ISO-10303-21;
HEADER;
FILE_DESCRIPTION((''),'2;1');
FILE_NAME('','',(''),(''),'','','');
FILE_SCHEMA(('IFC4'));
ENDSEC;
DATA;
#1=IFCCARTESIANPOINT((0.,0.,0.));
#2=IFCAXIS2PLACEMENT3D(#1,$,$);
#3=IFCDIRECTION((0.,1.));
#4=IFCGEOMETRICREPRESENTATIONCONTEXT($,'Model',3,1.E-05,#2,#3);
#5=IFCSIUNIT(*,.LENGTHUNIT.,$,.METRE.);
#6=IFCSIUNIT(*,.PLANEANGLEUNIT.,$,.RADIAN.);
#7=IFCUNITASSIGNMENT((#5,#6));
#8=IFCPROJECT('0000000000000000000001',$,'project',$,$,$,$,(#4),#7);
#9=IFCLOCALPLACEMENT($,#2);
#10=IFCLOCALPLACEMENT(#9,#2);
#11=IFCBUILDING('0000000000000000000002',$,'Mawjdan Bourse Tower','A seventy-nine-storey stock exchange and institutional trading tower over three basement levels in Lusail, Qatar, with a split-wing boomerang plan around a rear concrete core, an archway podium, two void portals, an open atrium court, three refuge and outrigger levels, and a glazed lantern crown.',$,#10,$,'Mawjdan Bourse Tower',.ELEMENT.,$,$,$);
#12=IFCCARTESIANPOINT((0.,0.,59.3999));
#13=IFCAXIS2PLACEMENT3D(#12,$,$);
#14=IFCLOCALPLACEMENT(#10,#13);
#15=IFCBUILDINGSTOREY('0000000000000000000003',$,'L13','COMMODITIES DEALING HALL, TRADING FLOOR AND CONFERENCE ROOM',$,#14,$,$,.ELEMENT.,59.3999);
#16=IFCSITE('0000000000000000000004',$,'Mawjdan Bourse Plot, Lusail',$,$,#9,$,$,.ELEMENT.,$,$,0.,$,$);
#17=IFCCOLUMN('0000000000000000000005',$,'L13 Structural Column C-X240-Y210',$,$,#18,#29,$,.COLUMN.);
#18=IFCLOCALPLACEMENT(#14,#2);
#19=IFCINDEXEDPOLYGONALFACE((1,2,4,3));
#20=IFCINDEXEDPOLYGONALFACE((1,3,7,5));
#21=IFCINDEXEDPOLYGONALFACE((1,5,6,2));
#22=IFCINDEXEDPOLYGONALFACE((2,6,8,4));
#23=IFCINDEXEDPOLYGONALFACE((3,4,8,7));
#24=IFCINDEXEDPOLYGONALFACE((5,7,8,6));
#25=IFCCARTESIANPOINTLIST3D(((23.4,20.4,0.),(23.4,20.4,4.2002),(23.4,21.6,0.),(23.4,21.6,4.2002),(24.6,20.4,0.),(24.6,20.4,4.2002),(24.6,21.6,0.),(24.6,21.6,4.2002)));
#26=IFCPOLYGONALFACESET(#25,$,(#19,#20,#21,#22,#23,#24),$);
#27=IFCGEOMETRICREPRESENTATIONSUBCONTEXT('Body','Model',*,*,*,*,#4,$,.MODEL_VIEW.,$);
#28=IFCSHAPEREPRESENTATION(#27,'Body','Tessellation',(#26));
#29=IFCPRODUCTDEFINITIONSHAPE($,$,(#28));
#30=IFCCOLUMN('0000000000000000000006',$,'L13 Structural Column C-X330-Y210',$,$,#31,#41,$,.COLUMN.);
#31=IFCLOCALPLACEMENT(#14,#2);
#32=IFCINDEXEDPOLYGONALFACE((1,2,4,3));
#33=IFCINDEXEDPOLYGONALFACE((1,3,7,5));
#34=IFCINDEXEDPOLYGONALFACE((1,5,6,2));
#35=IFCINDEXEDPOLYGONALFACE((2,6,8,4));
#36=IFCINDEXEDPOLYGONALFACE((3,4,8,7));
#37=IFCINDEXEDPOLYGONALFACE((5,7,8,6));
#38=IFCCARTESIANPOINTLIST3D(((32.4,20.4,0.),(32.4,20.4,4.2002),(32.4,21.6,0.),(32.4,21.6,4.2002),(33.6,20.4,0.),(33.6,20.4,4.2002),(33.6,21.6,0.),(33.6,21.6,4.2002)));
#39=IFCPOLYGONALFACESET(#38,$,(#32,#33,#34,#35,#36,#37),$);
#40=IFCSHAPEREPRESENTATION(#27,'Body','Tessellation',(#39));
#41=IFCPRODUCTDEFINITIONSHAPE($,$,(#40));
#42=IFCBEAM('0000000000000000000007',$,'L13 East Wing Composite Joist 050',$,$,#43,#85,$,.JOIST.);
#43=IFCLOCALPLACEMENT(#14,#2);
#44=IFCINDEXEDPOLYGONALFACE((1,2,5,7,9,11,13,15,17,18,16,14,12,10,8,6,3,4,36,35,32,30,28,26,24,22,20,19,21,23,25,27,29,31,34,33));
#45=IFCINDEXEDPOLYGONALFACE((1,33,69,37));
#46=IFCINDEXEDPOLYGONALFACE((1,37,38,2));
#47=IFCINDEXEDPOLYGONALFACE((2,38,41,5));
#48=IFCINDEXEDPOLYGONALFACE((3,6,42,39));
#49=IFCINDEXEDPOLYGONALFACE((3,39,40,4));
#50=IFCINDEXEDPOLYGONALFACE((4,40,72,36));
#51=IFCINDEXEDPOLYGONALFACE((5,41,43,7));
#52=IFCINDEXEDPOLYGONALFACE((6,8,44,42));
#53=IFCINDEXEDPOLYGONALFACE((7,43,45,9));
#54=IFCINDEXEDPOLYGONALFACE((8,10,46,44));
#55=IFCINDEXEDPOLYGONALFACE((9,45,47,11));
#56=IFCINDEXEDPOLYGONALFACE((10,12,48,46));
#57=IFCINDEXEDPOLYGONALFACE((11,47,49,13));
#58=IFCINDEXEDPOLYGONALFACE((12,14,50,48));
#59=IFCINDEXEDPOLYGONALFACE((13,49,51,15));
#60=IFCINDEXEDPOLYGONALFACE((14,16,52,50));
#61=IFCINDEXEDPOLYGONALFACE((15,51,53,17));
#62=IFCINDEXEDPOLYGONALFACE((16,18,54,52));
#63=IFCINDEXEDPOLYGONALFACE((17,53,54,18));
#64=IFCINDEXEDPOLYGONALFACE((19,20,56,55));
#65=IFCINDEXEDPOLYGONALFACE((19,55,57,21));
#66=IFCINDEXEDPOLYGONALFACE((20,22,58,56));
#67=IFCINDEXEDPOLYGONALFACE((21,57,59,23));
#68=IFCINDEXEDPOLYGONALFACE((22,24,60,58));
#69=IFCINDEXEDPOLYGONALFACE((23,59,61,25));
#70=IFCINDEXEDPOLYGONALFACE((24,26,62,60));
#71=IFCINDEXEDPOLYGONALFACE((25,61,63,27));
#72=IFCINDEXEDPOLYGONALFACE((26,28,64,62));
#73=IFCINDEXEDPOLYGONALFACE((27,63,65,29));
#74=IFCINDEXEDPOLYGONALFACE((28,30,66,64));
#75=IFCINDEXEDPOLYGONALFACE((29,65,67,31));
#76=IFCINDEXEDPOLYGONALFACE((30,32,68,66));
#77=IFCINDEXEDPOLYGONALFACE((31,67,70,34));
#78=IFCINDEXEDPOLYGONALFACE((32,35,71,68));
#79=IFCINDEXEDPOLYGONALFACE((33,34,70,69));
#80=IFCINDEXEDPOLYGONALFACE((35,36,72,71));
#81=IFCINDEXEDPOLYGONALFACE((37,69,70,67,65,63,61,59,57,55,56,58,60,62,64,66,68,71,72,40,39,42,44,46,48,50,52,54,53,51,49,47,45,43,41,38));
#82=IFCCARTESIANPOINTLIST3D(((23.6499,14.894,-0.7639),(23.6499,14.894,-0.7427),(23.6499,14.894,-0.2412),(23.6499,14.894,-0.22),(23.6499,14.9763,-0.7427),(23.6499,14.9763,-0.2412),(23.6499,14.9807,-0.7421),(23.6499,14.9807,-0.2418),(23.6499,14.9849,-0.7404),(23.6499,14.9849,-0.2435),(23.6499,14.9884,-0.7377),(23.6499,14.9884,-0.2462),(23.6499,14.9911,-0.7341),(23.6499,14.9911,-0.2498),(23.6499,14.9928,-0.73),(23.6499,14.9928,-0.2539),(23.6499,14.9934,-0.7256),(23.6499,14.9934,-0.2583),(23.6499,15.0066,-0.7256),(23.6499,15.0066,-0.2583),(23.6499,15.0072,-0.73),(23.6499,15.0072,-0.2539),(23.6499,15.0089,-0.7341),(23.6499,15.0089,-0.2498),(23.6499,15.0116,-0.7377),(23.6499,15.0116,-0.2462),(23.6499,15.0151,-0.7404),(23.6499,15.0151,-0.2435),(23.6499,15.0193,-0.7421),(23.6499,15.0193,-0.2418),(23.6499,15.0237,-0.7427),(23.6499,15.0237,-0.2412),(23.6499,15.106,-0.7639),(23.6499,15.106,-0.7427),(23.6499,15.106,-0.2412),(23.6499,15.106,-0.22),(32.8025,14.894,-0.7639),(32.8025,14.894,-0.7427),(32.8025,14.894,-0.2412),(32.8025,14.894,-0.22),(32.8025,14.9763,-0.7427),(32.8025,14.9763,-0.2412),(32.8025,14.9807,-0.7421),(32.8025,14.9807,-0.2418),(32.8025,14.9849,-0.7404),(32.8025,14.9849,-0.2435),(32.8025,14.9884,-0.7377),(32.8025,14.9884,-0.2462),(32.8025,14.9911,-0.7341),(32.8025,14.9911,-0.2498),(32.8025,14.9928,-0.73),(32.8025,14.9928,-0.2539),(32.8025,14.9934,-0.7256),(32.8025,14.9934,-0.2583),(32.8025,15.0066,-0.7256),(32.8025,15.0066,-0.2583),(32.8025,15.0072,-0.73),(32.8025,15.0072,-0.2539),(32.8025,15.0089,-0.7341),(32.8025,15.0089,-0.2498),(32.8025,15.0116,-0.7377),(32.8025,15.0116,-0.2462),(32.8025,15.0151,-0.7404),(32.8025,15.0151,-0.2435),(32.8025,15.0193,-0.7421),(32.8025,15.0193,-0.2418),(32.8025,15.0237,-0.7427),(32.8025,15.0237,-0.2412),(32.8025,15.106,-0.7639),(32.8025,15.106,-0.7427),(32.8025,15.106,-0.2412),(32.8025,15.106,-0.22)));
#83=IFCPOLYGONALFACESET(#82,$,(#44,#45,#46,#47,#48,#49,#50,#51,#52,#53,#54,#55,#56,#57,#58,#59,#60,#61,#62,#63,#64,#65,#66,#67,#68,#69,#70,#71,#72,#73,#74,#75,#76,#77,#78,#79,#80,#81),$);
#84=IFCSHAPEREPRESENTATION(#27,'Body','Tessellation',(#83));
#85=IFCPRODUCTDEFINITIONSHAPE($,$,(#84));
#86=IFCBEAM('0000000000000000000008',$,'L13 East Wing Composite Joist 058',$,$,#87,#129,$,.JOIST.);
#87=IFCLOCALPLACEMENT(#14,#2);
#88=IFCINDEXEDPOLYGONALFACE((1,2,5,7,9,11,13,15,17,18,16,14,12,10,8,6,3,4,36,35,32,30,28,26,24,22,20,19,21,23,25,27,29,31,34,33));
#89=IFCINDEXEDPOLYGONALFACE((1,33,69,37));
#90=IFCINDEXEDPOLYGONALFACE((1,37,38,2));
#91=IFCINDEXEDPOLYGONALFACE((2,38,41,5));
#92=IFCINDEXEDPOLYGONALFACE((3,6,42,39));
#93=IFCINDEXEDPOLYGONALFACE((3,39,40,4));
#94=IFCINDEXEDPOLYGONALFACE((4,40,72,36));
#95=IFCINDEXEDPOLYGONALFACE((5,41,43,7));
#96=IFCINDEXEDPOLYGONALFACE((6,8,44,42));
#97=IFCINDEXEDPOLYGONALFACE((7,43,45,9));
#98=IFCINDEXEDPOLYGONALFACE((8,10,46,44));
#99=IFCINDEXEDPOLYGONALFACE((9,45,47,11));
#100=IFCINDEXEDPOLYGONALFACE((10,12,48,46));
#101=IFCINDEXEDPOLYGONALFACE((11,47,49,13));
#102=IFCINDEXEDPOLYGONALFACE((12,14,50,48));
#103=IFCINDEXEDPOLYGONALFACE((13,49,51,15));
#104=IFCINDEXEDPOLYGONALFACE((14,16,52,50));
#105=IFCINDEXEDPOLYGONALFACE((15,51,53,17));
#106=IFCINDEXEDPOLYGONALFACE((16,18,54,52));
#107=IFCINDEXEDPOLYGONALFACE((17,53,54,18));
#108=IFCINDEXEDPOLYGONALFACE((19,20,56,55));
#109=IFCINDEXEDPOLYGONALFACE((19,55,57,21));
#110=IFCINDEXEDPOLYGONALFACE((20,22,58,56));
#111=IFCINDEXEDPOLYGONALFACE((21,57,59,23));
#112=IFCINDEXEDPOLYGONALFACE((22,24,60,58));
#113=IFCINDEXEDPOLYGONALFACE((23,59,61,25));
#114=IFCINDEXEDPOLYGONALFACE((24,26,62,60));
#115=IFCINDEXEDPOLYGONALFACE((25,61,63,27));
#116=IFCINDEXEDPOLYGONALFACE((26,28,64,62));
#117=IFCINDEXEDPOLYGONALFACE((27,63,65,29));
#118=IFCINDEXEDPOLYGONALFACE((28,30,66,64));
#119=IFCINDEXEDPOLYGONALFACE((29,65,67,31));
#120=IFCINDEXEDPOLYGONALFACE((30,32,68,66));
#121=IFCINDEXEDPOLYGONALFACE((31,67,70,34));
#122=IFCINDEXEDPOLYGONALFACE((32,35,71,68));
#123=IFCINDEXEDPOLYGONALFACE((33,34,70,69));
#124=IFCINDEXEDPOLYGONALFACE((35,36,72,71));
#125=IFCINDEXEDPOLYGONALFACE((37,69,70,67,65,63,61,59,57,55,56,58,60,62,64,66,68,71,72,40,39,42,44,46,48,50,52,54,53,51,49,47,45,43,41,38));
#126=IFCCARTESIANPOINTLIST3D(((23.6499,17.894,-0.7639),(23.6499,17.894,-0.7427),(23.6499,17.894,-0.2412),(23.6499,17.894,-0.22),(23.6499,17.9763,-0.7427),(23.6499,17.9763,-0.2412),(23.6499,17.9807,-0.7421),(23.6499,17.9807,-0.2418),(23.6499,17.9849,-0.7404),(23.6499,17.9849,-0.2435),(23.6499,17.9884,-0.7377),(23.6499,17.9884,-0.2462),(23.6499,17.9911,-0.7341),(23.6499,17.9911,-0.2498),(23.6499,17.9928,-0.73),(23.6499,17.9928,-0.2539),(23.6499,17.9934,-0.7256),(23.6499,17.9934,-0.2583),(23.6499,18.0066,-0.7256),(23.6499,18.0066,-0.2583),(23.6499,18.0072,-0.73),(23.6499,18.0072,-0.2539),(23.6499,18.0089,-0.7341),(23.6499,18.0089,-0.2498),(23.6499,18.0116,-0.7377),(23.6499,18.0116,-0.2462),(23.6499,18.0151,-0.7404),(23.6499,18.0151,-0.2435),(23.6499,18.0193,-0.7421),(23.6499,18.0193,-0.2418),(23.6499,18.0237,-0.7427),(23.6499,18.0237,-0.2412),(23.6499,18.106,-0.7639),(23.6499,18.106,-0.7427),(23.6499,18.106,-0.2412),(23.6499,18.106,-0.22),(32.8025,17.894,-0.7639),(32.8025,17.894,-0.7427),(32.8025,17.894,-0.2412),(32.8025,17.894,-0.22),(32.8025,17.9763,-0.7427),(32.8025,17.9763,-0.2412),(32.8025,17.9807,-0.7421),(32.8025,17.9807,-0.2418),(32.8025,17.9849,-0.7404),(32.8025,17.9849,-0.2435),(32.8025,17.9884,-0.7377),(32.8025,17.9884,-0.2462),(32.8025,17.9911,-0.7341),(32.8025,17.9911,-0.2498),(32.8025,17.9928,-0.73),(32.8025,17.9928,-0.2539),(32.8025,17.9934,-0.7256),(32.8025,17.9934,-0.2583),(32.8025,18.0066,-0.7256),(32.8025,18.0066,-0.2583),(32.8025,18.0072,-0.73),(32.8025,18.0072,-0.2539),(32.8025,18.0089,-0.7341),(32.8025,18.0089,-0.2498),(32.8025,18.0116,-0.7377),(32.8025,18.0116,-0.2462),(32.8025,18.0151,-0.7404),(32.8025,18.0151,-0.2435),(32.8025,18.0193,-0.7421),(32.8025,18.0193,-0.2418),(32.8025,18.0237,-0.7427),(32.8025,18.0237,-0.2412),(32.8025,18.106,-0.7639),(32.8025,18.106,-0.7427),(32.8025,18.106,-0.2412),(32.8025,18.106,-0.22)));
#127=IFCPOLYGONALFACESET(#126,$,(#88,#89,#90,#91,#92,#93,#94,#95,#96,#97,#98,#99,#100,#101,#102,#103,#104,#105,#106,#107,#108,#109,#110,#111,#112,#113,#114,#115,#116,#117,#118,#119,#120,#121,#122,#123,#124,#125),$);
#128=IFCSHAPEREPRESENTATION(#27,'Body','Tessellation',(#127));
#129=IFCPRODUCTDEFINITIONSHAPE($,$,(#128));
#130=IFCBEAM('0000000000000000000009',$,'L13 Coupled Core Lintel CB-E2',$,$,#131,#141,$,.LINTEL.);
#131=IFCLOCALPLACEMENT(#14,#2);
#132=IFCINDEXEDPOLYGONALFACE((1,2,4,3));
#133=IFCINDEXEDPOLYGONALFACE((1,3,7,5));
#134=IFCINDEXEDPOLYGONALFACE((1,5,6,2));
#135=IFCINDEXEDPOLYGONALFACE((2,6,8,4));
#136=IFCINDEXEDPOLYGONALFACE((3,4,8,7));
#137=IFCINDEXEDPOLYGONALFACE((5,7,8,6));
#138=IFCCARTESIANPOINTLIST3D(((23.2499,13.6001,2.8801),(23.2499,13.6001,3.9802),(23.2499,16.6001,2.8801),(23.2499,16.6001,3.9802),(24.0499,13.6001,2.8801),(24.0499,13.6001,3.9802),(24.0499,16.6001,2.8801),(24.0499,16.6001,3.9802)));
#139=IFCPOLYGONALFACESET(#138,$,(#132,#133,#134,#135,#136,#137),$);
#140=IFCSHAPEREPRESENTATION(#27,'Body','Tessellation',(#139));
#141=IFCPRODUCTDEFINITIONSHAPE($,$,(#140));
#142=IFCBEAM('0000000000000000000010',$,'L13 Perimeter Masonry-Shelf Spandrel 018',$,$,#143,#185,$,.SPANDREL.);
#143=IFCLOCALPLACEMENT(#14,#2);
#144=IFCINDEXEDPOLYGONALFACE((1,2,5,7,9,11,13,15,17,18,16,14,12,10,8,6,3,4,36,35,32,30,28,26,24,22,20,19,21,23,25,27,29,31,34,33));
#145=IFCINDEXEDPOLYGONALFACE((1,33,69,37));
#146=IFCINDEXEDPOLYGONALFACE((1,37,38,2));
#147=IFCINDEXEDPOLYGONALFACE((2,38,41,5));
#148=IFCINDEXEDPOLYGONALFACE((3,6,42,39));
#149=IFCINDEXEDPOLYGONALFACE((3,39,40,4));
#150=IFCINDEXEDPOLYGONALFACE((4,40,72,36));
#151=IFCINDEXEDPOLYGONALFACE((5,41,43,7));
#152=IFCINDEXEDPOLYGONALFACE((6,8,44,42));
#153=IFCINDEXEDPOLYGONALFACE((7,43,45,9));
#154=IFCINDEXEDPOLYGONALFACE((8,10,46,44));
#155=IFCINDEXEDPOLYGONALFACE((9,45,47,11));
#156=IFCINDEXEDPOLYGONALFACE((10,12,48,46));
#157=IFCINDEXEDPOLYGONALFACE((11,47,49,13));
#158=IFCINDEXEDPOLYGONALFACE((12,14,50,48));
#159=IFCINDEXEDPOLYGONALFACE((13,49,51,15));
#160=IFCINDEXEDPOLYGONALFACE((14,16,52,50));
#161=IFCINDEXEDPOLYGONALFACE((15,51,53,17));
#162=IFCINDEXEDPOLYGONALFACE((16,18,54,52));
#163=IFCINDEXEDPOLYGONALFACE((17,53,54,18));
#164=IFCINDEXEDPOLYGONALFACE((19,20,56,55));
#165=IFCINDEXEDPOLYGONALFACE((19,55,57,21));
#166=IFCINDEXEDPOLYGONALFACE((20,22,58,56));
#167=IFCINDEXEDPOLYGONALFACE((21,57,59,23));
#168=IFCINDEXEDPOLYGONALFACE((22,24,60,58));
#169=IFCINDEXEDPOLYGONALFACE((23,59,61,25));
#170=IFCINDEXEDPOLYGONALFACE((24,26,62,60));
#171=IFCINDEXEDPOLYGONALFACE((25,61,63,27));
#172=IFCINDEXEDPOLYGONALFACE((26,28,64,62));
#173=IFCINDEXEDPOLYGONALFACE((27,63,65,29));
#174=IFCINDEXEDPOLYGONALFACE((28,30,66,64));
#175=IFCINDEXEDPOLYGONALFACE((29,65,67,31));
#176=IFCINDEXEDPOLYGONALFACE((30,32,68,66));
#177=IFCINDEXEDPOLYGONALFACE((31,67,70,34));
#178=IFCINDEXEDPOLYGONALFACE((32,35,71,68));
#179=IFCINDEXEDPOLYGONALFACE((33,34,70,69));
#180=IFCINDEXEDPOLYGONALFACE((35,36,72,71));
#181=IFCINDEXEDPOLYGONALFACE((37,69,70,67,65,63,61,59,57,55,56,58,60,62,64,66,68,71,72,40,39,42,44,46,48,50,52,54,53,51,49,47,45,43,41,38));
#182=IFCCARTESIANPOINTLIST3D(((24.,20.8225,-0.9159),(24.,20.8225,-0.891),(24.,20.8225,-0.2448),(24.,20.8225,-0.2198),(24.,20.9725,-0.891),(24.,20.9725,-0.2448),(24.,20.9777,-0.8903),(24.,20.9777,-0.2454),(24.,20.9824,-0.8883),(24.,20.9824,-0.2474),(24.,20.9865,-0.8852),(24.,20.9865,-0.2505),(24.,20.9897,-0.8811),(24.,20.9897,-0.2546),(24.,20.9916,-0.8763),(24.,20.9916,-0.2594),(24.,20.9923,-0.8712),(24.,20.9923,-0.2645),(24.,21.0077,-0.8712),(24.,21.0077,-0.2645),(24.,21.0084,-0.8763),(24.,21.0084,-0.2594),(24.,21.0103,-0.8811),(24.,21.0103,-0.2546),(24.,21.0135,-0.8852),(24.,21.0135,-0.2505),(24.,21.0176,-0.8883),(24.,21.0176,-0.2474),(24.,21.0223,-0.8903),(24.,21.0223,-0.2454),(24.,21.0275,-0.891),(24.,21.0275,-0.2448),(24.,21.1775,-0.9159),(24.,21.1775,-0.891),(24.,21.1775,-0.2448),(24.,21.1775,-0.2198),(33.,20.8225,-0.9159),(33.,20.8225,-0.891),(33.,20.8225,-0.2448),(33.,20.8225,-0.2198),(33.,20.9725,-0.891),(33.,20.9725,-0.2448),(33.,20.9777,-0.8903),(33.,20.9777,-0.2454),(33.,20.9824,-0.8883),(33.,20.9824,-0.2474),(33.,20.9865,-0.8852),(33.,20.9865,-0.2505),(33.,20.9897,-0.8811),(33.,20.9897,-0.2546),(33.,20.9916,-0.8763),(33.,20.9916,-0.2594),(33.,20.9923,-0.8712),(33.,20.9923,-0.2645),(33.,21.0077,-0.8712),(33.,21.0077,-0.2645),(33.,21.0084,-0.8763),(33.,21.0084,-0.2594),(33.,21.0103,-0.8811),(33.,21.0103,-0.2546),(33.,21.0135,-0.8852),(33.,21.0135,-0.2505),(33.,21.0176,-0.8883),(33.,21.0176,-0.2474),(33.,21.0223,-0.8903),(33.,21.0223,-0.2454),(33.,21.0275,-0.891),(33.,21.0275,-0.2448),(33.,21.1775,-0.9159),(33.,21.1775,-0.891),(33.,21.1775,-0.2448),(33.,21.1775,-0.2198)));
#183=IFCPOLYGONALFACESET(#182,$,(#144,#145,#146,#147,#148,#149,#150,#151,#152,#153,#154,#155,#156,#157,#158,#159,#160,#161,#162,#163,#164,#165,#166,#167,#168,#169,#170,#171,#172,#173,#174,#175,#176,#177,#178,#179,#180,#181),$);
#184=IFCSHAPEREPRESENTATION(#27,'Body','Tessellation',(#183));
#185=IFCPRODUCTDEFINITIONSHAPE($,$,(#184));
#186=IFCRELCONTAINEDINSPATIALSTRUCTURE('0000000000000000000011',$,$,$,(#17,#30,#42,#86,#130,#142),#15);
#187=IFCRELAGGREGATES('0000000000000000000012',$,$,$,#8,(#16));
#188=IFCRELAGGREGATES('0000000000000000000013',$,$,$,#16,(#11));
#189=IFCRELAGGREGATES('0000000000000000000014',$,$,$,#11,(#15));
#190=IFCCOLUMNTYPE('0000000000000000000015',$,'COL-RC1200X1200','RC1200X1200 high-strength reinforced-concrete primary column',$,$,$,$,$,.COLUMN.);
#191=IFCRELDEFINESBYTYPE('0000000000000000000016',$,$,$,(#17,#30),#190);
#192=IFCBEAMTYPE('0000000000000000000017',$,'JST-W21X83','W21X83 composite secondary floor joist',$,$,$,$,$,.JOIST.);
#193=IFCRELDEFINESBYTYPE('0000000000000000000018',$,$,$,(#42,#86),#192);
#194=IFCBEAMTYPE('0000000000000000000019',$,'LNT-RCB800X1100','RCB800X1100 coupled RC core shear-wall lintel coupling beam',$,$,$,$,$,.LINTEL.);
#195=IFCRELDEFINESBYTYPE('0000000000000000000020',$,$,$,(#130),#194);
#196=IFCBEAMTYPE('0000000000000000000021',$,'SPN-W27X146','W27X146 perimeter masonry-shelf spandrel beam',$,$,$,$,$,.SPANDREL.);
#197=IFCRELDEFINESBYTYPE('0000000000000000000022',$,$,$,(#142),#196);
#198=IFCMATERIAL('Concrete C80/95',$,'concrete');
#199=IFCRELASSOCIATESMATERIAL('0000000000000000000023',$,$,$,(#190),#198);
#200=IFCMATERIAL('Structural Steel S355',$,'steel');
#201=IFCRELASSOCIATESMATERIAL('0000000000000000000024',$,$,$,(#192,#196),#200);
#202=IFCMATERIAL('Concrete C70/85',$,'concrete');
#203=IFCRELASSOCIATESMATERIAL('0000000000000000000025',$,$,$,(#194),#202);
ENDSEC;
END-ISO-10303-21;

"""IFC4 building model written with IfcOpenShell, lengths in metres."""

from ifc_helpers import new_model, si_unit, direction, frame, origin, origin_2d, place, context, subcontext, project, spatial, rectangle, i_section, extrude, material, material_profile, profile_set, type_object, element, save


model = new_model("IFC4")

# Units and contexts
model_context = context("Model", 3, precision=1e-05, world=origin(), true_north=direction((0.0, 1.0)))
body_context = subcontext(model_context, "Body", "Model", "MODEL_VIEW")
ifc_project = project(units=[si_unit("LENGTHUNIT", "METRE"), si_unit("PLANEANGLEUNIT", "RADIAN")], contexts=[model_context])

# Site, building, storey
site_placement = place(None, origin())
site = spatial("IfcSite", under=ifc_project, at=site_placement, Name="Mawjdan Bourse Plot, Lusail", CompositionType="ELEMENT", RefElevation=0.0)
building_placement = place(site_placement, origin())
building = spatial("IfcBuilding", under=site, at=building_placement, Name="Mawjdan Bourse Tower", Description="A seventy-nine-storey stock exchange and institutional trading tower over three basement levels in Lusail, Qatar, with a split-wing boomerang plan around a rear concrete core, an archway podium, two void portals, an open atrium court, three refuge and outrigger levels, and a glazed lantern crown.", LongName="Mawjdan Bourse Tower", CompositionType="ELEMENT")
storey_placement = place(building_placement, frame((0.0, 0.0, 59.3999)))
storey = spatial("IfcBuildingStorey", under=building, at=storey_placement, Name="L13", Description="COMMODITIES DEALING HALL, TRADING FLOOR AND CONFERENCE ROOM", CompositionType="ELEMENT", Elevation=59.3999)

# Columns
ifc_material_1 = material(Name="Concrete C80/95", Category="concrete")
ifc_material_profile_1 = material_profile(ifc_material_1, rectangle(XDim=1.2, YDim=1.2, at=origin_2d()), Name="RC1200X1200")
ifc_profile_set_1 = profile_set([ifc_material_profile_1], Name="Concrete C80/95")
column_type = type_object("IfcColumnType", Name="COL-RC1200X1200", Description="RC1200X1200 high-strength reinforced-concrete primary column", PredefinedType="COLUMN", material=ifc_profile_set_1)
for number, where, z_axis, x_axis, name in (
    (1, (24.0, 21.0, 0.0), (0.0, 0.0, 1.0), (1.0, 0.0, 0.0), "L13 Structural Column C-X240-Y210"),
    (2, (33.0, 21.0, 0.0), (0.0, 0.0, 1.0), (1.0, 0.0, 0.0), "L13 Structural Column C-X330-Y210"),
):
    element("IfcColumn", number, at=place(storey_placement, frame(where, z_axis=z_axis, x_axis=x_axis)), inside=storey, type_object=column_type, Name=name, PredefinedType="COLUMN", context=body_context, shape_type="SweptSolid", body=[
        extrude(rectangle(XDim=1.2, YDim=1.2, at=origin_2d()), origin(), (0.0, 0.0, 1.0), 4.2002),
    ])

# Beams
ifc_material_2 = material(Name="Structural Steel S355", Category="steel")
ifc_material_profile_2 = material_profile(ifc_material_2, i_section(OverallWidth=0.2119, OverallDepth=0.5439, WebThickness=0.0132, FlangeThickness=0.0212, FilletRadius=0.0171, at=origin_2d()), Name="W21X83")
ifc_profile_set_2 = profile_set([ifc_material_profile_2], Name="Structural Steel S355")
beam_type_1 = type_object("IfcBeamType", Name="JST-W21X83", Description="W21X83 composite secondary floor joist", PredefinedType="JOIST", material=ifc_profile_set_2)
for number, where, z_axis, x_axis, name in (
    (3, (23.6499, 15.0, -0.4919), (1.0, 0.0, 0.0), (0.0, 1.0, 0.0), "L13 East Wing Composite Joist 050"),
    (4, (23.6499, 18.0, -0.4919), (1.0, 0.0, 0.0), (0.0, 1.0, 0.0), "L13 East Wing Composite Joist 058"),
):
    element("IfcBeam", number, at=place(storey_placement, frame(where, z_axis=z_axis, x_axis=x_axis)), inside=storey, type_object=beam_type_1, Name=name, PredefinedType="JOIST", context=body_context, shape_type="SweptSolid", body=[
        extrude(i_section(OverallWidth=0.2119, OverallDepth=0.5439, WebThickness=0.0132, FlangeThickness=0.0212, FilletRadius=0.0171, at=origin_2d()), origin(), (0.0, 0.0, 1.0), 9.1526),
    ])
ifc_material_3 = material(Name="Concrete C70/85", Category="concrete")
ifc_material_profile_3 = material_profile(ifc_material_3, rectangle(XDim=0.8, YDim=1.1001, at=origin_2d()), Name="RCB800X1100")
ifc_profile_set_3 = profile_set([ifc_material_profile_3], Name="Concrete C70/85")
beam_type_2 = type_object("IfcBeamType", Name="LNT-RCB800X1100", Description="RCB800X1100 coupled RC core shear-wall lintel coupling beam", PredefinedType="LINTEL", material=ifc_profile_set_3)
beam_1_placement = place(storey_placement, frame((23.6499, 13.6001, 3.4302), z_axis=(0.0, 1.0, 0.0), x_axis=(-1.0, 0.0, 0.0)))
element("IfcBeam", 5, at=beam_1_placement, inside=storey, type_object=beam_type_2, Name="L13 Coupled Core Lintel CB-E2", PredefinedType="LINTEL", context=body_context, shape_type="SweptSolid", body=[
    extrude(rectangle(XDim=0.8, YDim=1.1001, at=origin_2d()), origin(), (0.0, 0.0, 1.0), 3.0),
])
ifc_material_profile_4 = material_profile(ifc_material_2, i_section(OverallWidth=0.355, OverallDepth=0.696, WebThickness=0.0154, FlangeThickness=0.0249, FilletRadius=0.0198, at=origin_2d()), Name="W27X146")
ifc_profile_set_4 = profile_set([ifc_material_profile_4], Name="Structural Steel S355")
beam_type_3 = type_object("IfcBeamType", Name="SPN-W27X146", Description="W27X146 perimeter masonry-shelf spandrel beam", PredefinedType="SPANDREL", material=ifc_profile_set_4)
beam_2_placement = place(storey_placement, frame((24.0, 21.0, -0.5679), z_axis=(1.0, 0.0, 0.0), x_axis=(0.0, 1.0, 0.0)))
element("IfcBeam", 6, at=beam_2_placement, inside=storey, type_object=beam_type_3, Name="L13 Perimeter Masonry-Shelf Spandrel 018", PredefinedType="SPANDREL", context=body_context, shape_type="SweptSolid", body=[
    extrude(i_section(OverallWidth=0.355, OverallDepth=0.696, WebThickness=0.0154, FlangeThickness=0.0249, FilletRadius=0.0198, at=origin_2d()), origin(), (0.0, 0.0, 1.0), 9.0),
])

save(model, "model.ifc")
